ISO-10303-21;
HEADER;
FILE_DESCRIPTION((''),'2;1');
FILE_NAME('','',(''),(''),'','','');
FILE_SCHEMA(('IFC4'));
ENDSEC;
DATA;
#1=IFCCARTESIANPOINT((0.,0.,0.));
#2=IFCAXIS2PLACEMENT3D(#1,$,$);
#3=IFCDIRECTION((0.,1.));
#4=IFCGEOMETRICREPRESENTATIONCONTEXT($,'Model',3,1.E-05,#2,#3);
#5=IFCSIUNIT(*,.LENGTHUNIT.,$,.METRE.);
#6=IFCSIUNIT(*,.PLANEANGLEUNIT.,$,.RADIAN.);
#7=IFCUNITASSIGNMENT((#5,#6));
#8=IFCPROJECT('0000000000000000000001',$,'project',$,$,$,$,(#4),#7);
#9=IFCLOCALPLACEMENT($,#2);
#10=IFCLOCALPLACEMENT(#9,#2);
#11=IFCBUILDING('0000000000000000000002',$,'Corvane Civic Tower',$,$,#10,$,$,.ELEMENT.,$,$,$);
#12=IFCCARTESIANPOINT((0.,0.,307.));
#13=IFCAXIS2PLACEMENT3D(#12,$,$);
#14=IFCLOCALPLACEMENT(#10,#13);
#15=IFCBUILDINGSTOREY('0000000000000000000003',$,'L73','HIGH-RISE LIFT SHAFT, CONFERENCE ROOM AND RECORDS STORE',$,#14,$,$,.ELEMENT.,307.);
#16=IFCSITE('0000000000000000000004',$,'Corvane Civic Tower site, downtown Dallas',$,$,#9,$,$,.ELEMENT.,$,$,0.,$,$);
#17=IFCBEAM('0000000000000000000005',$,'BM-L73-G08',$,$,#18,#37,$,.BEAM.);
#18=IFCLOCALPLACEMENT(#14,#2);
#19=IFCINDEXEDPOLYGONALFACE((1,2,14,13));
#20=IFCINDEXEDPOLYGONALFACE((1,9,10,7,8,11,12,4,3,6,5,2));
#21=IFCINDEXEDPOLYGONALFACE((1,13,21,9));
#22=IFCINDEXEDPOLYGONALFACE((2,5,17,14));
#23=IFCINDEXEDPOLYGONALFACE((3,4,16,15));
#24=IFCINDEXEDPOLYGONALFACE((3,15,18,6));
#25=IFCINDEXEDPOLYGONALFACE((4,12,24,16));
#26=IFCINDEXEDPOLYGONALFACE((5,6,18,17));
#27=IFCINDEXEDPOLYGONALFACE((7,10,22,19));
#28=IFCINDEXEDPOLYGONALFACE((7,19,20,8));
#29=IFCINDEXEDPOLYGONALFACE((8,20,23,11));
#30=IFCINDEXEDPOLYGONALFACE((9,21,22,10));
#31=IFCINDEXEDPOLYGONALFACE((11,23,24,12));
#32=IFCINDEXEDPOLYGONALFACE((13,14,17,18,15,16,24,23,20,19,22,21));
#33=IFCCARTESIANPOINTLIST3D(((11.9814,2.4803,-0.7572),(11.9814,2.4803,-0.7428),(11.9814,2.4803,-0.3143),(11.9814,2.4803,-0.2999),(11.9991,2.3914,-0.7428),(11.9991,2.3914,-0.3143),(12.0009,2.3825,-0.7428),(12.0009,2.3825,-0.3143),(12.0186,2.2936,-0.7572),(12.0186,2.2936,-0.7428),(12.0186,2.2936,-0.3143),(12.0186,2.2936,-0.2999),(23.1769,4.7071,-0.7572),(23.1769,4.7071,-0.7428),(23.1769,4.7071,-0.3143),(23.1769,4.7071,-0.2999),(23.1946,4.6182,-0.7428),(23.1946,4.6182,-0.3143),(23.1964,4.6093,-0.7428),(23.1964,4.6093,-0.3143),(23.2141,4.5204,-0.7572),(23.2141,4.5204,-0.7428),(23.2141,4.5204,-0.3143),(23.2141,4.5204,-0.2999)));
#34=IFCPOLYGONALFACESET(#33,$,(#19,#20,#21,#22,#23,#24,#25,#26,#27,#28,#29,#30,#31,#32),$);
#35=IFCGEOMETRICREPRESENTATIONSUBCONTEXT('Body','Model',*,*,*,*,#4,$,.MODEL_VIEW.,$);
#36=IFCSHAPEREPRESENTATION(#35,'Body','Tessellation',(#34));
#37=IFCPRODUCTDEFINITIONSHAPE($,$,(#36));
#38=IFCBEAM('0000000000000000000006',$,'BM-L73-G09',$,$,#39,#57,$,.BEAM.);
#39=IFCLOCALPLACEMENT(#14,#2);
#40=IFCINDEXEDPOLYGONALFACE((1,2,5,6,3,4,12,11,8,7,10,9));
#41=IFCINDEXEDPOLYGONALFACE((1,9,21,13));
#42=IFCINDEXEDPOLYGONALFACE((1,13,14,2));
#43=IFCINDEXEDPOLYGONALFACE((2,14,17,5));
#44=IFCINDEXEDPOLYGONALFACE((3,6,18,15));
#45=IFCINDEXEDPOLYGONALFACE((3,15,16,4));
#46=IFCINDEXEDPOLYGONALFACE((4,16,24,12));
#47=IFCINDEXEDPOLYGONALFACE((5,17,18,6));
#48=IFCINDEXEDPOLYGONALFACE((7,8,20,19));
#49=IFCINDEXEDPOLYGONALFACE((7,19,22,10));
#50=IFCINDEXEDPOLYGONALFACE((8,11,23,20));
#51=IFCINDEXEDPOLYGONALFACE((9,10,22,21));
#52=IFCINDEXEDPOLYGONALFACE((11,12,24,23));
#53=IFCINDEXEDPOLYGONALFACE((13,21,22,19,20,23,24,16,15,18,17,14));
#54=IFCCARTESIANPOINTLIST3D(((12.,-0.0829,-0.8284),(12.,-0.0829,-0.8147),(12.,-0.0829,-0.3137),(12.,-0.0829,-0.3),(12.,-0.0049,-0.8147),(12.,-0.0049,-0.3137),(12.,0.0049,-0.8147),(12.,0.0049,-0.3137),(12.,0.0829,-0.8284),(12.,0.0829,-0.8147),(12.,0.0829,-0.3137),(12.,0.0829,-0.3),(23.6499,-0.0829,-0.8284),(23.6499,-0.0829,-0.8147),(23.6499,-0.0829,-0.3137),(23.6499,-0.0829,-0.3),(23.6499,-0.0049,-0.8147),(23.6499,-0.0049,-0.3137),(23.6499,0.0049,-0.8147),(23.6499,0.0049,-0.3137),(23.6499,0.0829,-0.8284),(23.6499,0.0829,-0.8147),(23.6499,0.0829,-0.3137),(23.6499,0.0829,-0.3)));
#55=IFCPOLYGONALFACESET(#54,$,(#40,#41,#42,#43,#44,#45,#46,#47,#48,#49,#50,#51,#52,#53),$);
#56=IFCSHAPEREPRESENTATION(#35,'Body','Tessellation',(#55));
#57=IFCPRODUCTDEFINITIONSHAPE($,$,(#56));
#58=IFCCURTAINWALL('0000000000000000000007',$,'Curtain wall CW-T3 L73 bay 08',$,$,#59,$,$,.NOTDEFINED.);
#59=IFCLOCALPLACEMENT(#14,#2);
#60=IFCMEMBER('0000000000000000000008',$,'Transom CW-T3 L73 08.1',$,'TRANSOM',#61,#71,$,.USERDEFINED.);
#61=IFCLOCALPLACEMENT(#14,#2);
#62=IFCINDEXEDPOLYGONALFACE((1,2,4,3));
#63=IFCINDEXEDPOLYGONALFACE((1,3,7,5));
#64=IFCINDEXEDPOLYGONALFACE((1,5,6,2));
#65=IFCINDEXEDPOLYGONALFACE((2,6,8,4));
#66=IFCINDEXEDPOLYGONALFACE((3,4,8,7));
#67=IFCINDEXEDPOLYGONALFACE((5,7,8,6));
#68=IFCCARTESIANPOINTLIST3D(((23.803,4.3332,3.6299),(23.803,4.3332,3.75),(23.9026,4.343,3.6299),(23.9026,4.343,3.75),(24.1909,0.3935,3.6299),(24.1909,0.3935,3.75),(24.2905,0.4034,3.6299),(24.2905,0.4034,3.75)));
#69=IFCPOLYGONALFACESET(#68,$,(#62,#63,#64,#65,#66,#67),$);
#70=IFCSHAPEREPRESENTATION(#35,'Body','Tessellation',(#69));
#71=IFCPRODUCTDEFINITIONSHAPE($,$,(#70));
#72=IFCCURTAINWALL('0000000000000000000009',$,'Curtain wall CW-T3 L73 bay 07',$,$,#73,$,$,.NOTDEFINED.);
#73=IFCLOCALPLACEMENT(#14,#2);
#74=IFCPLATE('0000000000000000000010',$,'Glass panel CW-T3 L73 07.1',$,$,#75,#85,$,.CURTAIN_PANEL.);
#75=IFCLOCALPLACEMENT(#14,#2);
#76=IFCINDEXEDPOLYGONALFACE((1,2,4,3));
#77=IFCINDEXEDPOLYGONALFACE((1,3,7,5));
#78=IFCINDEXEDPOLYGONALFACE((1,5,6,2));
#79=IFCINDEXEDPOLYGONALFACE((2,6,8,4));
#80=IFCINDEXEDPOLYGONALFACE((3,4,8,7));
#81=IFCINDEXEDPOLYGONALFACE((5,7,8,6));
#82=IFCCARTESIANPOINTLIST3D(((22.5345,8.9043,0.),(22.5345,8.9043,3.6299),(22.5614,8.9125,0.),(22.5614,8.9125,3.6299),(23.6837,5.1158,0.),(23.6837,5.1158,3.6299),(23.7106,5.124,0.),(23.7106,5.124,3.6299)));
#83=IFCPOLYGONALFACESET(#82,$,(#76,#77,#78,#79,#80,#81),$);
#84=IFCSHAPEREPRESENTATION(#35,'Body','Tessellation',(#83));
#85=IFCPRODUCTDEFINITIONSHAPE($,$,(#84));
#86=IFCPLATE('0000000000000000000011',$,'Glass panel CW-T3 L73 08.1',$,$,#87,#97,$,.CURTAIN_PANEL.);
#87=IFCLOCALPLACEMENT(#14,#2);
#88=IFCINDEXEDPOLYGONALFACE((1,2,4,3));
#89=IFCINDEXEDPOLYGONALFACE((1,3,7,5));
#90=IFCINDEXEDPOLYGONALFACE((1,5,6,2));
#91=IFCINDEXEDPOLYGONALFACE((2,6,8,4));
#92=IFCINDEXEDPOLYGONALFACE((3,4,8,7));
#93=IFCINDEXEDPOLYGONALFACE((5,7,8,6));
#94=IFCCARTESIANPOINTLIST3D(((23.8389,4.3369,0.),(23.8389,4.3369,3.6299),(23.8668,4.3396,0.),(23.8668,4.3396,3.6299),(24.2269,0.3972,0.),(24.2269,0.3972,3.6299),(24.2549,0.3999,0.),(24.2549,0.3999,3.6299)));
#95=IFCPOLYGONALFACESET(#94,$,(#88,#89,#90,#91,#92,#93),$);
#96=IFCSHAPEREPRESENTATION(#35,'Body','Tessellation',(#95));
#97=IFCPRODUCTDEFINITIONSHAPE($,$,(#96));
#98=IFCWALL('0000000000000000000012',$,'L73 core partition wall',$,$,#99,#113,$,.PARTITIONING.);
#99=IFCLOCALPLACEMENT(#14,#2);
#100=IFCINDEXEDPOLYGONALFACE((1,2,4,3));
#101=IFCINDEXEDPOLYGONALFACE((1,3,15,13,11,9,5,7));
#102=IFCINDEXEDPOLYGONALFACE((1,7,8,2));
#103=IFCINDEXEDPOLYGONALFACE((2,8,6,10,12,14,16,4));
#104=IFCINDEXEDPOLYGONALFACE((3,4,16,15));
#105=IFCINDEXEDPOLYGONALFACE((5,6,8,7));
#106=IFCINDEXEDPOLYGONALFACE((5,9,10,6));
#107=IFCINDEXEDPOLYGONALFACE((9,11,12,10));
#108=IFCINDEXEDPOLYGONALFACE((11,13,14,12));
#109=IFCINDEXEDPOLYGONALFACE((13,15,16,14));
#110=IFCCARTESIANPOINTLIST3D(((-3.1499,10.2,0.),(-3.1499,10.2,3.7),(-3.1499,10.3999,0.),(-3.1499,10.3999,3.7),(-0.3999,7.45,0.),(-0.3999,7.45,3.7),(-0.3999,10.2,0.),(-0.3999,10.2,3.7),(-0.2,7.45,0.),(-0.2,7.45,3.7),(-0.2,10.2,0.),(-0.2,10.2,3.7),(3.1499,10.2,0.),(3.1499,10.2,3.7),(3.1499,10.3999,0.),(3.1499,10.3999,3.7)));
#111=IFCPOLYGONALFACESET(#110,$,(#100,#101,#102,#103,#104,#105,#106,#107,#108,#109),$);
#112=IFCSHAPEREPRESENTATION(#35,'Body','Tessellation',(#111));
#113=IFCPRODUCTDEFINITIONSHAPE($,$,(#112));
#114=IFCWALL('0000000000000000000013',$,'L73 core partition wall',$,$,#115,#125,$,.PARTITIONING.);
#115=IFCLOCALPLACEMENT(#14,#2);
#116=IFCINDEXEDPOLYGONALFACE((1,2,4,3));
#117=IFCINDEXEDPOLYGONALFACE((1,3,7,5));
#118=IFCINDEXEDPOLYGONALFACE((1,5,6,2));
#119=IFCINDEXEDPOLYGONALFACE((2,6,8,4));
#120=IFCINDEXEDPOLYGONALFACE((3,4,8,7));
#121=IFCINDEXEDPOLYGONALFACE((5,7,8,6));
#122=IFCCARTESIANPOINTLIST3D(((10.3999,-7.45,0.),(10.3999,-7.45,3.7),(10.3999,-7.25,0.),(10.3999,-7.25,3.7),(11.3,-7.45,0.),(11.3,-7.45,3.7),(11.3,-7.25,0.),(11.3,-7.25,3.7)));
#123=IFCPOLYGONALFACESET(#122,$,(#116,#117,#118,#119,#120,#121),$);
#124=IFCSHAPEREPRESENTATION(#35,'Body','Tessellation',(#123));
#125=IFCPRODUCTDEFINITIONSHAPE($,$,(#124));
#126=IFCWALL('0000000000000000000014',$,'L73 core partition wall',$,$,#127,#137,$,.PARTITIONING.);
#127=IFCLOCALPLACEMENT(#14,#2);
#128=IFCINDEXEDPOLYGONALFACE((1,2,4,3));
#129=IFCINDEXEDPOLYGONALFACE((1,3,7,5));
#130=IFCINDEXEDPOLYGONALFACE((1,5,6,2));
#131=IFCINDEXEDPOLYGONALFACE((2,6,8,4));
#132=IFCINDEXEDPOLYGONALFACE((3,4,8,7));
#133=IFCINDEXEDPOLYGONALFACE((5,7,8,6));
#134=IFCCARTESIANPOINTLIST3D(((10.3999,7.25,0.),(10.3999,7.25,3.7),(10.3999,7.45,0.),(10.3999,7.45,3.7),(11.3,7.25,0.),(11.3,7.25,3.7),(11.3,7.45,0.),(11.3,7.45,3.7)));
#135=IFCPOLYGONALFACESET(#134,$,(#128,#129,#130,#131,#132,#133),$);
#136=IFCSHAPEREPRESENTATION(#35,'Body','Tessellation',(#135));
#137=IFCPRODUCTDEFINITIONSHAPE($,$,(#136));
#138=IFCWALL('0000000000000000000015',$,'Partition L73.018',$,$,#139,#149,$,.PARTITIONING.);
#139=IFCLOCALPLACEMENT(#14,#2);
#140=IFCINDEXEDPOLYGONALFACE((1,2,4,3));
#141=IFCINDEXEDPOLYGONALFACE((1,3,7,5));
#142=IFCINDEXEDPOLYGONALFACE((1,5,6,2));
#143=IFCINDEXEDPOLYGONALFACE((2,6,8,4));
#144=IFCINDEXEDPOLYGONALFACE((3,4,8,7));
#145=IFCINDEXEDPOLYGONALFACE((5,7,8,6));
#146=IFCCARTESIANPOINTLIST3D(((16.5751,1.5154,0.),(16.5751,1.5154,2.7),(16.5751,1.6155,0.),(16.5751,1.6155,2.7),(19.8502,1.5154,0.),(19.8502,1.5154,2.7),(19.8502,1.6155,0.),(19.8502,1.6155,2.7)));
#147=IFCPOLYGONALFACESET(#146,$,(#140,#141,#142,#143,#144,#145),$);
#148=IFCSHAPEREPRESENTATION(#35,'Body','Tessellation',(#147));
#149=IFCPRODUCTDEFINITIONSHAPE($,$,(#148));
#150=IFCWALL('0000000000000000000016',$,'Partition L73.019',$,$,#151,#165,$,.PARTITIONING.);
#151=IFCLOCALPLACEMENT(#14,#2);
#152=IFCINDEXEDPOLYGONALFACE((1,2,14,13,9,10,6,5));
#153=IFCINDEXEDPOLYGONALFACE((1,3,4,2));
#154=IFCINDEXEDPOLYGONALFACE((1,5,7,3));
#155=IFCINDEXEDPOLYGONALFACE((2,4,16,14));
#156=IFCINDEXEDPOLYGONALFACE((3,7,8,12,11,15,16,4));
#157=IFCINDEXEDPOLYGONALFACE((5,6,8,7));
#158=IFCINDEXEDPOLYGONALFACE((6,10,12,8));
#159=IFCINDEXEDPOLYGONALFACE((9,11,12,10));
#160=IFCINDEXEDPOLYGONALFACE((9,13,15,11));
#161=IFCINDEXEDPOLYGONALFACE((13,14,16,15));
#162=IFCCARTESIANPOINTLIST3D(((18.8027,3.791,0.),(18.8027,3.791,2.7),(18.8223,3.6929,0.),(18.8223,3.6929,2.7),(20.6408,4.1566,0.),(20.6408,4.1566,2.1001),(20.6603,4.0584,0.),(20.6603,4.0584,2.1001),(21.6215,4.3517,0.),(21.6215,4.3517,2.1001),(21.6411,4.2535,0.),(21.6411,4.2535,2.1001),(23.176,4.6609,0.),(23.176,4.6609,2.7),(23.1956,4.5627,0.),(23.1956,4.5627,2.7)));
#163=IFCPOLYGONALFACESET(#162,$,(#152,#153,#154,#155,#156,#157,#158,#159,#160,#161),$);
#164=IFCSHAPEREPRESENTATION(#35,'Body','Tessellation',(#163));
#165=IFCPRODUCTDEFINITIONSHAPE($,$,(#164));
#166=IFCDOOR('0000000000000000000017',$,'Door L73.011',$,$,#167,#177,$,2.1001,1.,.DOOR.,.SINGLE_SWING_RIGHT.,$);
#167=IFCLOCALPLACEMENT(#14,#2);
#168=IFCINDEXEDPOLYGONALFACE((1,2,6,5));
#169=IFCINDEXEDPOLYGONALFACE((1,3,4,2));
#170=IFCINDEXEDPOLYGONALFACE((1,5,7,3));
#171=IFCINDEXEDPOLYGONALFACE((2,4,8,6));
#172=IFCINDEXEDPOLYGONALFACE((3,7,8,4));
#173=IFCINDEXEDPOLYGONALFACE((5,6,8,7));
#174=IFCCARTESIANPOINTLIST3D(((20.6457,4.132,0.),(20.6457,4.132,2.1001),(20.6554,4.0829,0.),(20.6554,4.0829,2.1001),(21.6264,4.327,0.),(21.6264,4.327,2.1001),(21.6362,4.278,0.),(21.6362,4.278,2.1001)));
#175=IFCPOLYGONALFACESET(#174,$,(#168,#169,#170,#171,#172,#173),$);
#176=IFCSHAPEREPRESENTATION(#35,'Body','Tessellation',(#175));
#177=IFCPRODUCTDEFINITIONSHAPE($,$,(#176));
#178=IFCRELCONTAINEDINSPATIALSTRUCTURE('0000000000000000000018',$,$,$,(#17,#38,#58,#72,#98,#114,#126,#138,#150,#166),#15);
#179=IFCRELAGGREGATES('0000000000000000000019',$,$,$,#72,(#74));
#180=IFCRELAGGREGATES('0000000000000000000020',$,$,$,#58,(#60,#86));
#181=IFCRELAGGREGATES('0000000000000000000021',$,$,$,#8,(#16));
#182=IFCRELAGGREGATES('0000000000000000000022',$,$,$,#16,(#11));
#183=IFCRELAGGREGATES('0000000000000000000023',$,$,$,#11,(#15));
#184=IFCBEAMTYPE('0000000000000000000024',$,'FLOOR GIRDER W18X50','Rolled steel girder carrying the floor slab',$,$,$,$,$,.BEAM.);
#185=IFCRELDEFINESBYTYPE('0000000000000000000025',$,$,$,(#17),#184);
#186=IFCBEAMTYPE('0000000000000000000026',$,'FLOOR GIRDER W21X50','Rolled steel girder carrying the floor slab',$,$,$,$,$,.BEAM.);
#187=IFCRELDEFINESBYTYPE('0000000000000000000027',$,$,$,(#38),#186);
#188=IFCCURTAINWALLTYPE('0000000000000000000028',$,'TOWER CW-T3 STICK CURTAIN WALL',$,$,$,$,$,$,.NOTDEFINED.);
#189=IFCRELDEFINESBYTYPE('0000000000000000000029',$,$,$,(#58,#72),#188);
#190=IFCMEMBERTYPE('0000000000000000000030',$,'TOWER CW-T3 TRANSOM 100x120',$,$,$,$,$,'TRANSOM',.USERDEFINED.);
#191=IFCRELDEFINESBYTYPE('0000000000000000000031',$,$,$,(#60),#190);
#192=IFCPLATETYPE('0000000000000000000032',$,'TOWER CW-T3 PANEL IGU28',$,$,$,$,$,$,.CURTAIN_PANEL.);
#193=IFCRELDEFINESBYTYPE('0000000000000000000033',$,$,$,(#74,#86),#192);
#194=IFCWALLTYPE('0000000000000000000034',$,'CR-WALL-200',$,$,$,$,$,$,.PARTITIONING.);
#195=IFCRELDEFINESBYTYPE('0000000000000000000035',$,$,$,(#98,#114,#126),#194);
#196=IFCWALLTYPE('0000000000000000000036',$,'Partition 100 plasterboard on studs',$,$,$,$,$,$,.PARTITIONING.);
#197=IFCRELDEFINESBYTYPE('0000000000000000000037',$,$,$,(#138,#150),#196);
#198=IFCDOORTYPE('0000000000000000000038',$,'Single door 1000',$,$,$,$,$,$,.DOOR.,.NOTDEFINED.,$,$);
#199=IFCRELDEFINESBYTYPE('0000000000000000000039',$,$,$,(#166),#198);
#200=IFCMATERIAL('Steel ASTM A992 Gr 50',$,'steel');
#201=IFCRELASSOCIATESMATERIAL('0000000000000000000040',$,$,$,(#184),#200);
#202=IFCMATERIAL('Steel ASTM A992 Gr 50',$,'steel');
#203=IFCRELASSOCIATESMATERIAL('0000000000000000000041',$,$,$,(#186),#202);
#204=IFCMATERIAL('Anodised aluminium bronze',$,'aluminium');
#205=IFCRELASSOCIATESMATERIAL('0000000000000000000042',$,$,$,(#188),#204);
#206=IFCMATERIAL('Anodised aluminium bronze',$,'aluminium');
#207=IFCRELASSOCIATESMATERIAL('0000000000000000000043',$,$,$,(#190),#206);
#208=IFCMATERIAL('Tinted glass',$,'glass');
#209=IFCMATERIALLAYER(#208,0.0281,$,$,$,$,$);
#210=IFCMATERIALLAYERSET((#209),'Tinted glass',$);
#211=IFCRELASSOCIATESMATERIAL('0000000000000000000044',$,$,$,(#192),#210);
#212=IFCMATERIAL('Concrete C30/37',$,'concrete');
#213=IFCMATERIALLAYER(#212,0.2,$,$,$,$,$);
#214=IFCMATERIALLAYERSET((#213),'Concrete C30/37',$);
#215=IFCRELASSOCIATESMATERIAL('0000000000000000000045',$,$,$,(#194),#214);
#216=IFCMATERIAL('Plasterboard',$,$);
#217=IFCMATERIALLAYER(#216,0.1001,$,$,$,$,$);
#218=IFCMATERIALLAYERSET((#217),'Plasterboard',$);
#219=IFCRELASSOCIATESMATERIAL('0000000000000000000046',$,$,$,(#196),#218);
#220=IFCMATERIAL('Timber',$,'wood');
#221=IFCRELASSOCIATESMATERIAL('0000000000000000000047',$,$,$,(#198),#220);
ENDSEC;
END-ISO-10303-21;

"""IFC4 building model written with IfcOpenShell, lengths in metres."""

from ifc_helpers import new_model, si_unit, direction, frame, frame_2d, origin, origin_2d, place, context, subcontext, project, spatial, polyline, rectangle, i_section, outline, extrude, material, layer, layer_set, material_profile, profile_set, type_object, element, fill, aggregate, save


model = new_model("IFC4")

# Units and contexts
model_context = context("Model", 3, precision=1e-05, world=origin(), true_north=direction((0.0, 1.0)))
body_context = subcontext(model_context, "Body", "Model", "MODEL_VIEW")
ifc_project = project(units=[si_unit("LENGTHUNIT", "METRE"), si_unit("PLANEANGLEUNIT", "RADIAN")], contexts=[model_context])

# Site, building, storey
site_placement = place(None, origin())
site = spatial("IfcSite", under=ifc_project, at=site_placement, Name="Corvane Civic Tower site, downtown Dallas", CompositionType="ELEMENT", RefElevation=0.0)
building_placement = place(site_placement, origin())
building = spatial("IfcBuilding", under=site, at=building_placement, Name="Corvane Civic Tower", CompositionType="ELEMENT")
storey_placement = place(building_placement, frame((0.0, 0.0, 307.0)))
storey = spatial("IfcBuildingStorey", under=building, at=storey_placement, Name="L73", Description="HIGH-RISE LIFT SHAFT, CONFERENCE ROOM AND RECORDS STORE", CompositionType="ELEMENT", Elevation=307.0)

# Beams
ifc_material_1 = material(Name="Steel ASTM A992 Gr 50", Category="steel")
ifc_material_profile_1 = material_profile(ifc_material_1, i_section(OverallWidth=0.1904, OverallDepth=0.4573, WebThickness=0.009, FlangeThickness=0.0144, at=origin_2d()), Name="W18X50")
ifc_profile_set_1 = profile_set([ifc_material_profile_1], Name="Steel ASTM A992 Gr 50")
beam_type_1 = type_object("IfcBeamType", Name="FLOOR GIRDER W18X50", Description="Rolled steel girder carrying the floor slab", PredefinedType="BEAM", material=ifc_profile_set_1)
beam_1_placement = place(storey_placement, frame((12.0, 2.387, -0.5286), z_axis=(0.980787, 0.19508, 0.0), x_axis=(-0.19508, 0.980787, 0.0)))
element("IfcBeam", 1, at=beam_1_placement, inside=storey, type_object=beam_type_1, Name="BM-L73-G08", PredefinedType="BEAM", context=body_context, shape_type="SweptSolid", body=[
    extrude(i_section(OverallWidth=0.1904, OverallDepth=0.4573, WebThickness=0.009, FlangeThickness=0.0144, at=origin_2d()), origin(), (0.0, 0.0, 1.0), 11.4148),
])
ifc_material_2 = material(Name="Steel ASTM A992 Gr 50", Category="steel")
ifc_material_profile_2 = material_profile(ifc_material_2, i_section(OverallWidth=0.1658, OverallDepth=0.5283, WebThickness=0.0098, FlangeThickness=0.0137, at=origin_2d()), Name="W21X50")
ifc_profile_set_2 = profile_set([ifc_material_profile_2], Name="Steel ASTM A992 Gr 50")
beam_type_2 = type_object("IfcBeamType", Name="FLOOR GIRDER W21X50", Description="Rolled steel girder carrying the floor slab", PredefinedType="BEAM", material=ifc_profile_set_2)
beam_2_placement = place(storey_placement, frame((12.0, 0.0, -0.5642), z_axis=(1.0, 0.0, 0.0), x_axis=(0.0, 1.0, 0.0)))
element("IfcBeam", 2, at=beam_2_placement, inside=storey, type_object=beam_type_2, Name="BM-L73-G09", PredefinedType="BEAM", context=body_context, shape_type="SweptSolid", body=[
    extrude(i_section(OverallWidth=0.1658, OverallDepth=0.5283, WebThickness=0.0098, FlangeThickness=0.0137, at=origin_2d()), origin(), (0.0, 0.0, 1.0), 11.6499),
])

# Curtain wall, member
ifc_material_3 = material(Name="Anodised aluminium bronze", Category="aluminium")
curtain_wall_type = type_object("IfcCurtainWallType", Name="TOWER CW-T3 STICK CURTAIN WALL", PredefinedType="NOTDEFINED", material=ifc_material_3)
curtain_wall_1_placement = place(storey_placement, origin())
curtain_wall_1 = element("IfcCurtainWall", 3, at=curtain_wall_1_placement, inside=storey, type_object=curtain_wall_type, Name="Curtain wall CW-T3 L73 bay 08", PredefinedType="NOTDEFINED")
ifc_material_4 = material(Name="Anodised aluminium bronze", Category="aluminium")
ifc_material_profile_3 = material_profile(ifc_material_4, rectangle(XDim=0.1001, YDim=0.1201, at=origin_2d()), Name="TOWER CW-T3 TRANSOM 100x120")
ifc_profile_set_3 = profile_set([ifc_material_profile_3], Name="Anodised aluminium bronze")
member_type = type_object("IfcMemberType", Name="TOWER CW-T3 TRANSOM 100x120", ElementType="TRANSOM", PredefinedType="USERDEFINED", material=ifc_profile_set_3)
member_placement = place(storey_placement, frame((23.8528, 4.3381, 3.6899), z_axis=(0.097995, -0.995187, 0.0), x_axis=(0.995187, 0.097995, 0.0)))
member = element("IfcMember", 4, at=member_placement, type_object=member_type, Name="Transom CW-T3 L73 08.1", ObjectType="TRANSOM", PredefinedType="USERDEFINED", context=body_context, shape_type="SweptSolid", body=[
    extrude(rectangle(XDim=0.1001, YDim=0.1201, at=origin_2d()), origin(), (0.0, 0.0, 1.0), 3.9587),
])

# Curtain wall, plate
curtain_wall_2_placement = place(storey_placement, origin())
curtain_wall_2 = element("IfcCurtainWall", 5, at=curtain_wall_2_placement, inside=storey, type_object=curtain_wall_type, Name="Curtain wall CW-T3 L73 bay 07", PredefinedType="NOTDEFINED")
ifc_material_5 = material(Name="Tinted glass", Category="glass")
ifc_layer_1 = layer(ifc_material_5, 0.0281)
ifc_layer_set_1 = layer_set([ifc_layer_1], Name="Tinted glass")
plate_type = type_object("IfcPlateType", Name="TOWER CW-T3 PANEL IGU28", PredefinedType="CURTAIN_PANEL", material=ifc_layer_set_1)
plate_1_placement = place(storey_placement, frame((23.1226, 7.0142, 0.0), z_axis=(0.0, 0.0, 1.0), x_axis=(0.290274, -0.956944, 0.0)))
plate_1 = element("IfcPlate", 6, at=plate_1_placement, type_object=plate_type, Name="Glass panel CW-T3 L73 07.1", PredefinedType="CURTAIN_PANEL", context=body_context, shape_type="SweptSolid", body=[
    extrude(rectangle(XDim=3.959, YDim=0.0281, at=origin_2d()), origin(), (0.0, 0.0, 1.0), 3.6299),
])
aggregate(curtain_wall_2, [plate_1])

# Plate
plate_2_placement = place(storey_placement, frame((24.0469, 2.3684, 0.0), z_axis=(0.0, 0.0, 1.0), x_axis=(0.098021, -0.995184, 0.0)))
plate_2 = element("IfcPlate", 7, at=plate_2_placement, type_object=plate_type, Name="Glass panel CW-T3 L73 08.1", PredefinedType="CURTAIN_PANEL", context=body_context, shape_type="SweptSolid", body=[
    extrude(rectangle(XDim=3.9587, YDim=0.0281, at=origin_2d()), origin(), (0.0, 0.0, 1.0), 3.6299),
])
aggregate(curtain_wall_1, [member, plate_2])

# Walls
ifc_material_6 = material(Name="Concrete C30/37", Category="concrete")
ifc_layer_2 = layer(ifc_material_6, 0.2)
ifc_layer_set_2 = layer_set([ifc_layer_2], Name="Concrete C30/37")
wall_type_1 = type_object("IfcWallType", Name="CR-WALL-200", PredefinedType="PARTITIONING", material=ifc_layer_set_2)
wall_1_placement = place(storey_placement, origin())
element("IfcWall", 8, at=wall_1_placement, inside=storey, type_object=wall_type_1, Name="L73 core partition wall", PredefinedType="PARTITIONING", context=body_context, shape_type="SweptSolid", body=[
    extrude(outline(polyline([(3.1499, 10.3999), (3.1499, 10.2), (-0.2, 10.2), (-0.2, 7.45), (-0.3999, 7.45), (-0.3999, 10.2), (-3.1499, 10.2), (-3.1499, 10.3999), (3.1499, 10.3999)])), origin(), (0.0, 0.0, 1.0), 3.7),
])
wall_2_placement = place(storey_placement, origin())
element("IfcWall", 9, at=wall_2_placement, inside=storey, type_object=wall_type_1, Name="L73 core partition wall", PredefinedType="PARTITIONING", context=body_context, shape_type="SweptSolid", body=[
    extrude(outline(polyline([(11.3, -7.45), (10.3999, -7.45), (10.3999, -7.25), (11.3, -7.25), (11.3, -7.45)])), origin(), (0.0, 0.0, 1.0), 3.7),
])
wall_3_placement = place(storey_placement, origin())
element("IfcWall", 10, at=wall_3_placement, inside=storey, type_object=wall_type_1, Name="L73 core partition wall", PredefinedType="PARTITIONING", context=body_context, shape_type="SweptSolid", body=[
    extrude(outline(polyline([(10.3999, 7.25), (10.3999, 7.45), (11.3, 7.45), (11.3, 7.25), (10.3999, 7.25)])), origin(), (0.0, 0.0, 1.0), 3.7),
])
ifc_material_7 = material(Name="Plasterboard")
ifc_layer_3 = layer(ifc_material_7, 0.1001)
ifc_layer_set_3 = layer_set([ifc_layer_3], Name="Plasterboard")
wall_type_2 = type_object("IfcWallType", Name="Partition 100 plasterboard on studs", PredefinedType="PARTITIONING", material=ifc_layer_set_3)
wall_4_placement = place(storey_placement, frame((16.575, 1.5654, 0.0), z_axis=(0.0, 0.0, 1.0), x_axis=(1.0, 0.0, 0.0)))
element("IfcWall", 11, at=wall_4_placement, inside=storey, type_object=wall_type_2, Name="Partition L73.018", PredefinedType="PARTITIONING", context=body_context, shape_type="SweptSolid", body=[
    extrude(rectangle(XDim=3.2751, YDim=0.1001, at=frame_2d((1.6377, 0.0))), origin(), (0.0, 0.0, 1.0), 2.7),
])

# Wall, opening, door
wall_5_placement = place(storey_placement, frame((18.8125, 3.7419, 0.0), z_axis=(0.0, 0.0, 1.0), x_axis=(0.980787, 0.195084, 0.0)))
wall_5 = element("IfcWall", 12, at=wall_5_placement, inside=storey, type_object=wall_type_2, Name="Partition L73.019", PredefinedType="PARTITIONING", context=body_context, shape_type="SweptSolid", body=[
    extrude(rectangle(XDim=4.459, YDim=0.1001, at=frame_2d((2.2295, 0.0))), origin(), (0.0, 0.0, 1.0), 2.7),
])
opening_1_placement = place(wall_5_placement, frame((1.874, 0.0, 0.0)))
opening_1 = element("IfcOpeningElement", 13, at=opening_1_placement, cuts=wall_5, PredefinedType="OPENING", context=body_context, shape_type="SweptSolid", body=[
    extrude(rectangle(XDim=1.0, YDim=2.1001, at=frame_2d((0.5, 1.05))), frame((0.0, 0.0601, 0.0), z_axis=(0.0, -1.0, 0.0), x_axis=(1.0, 0.0, 0.0)), (0.0, 0.0, 1.0), 0.1201),
])
ifc_material_8 = material(Name="Timber", Category="wood")
door_type_1 = type_object("IfcDoorType", Name="Single door 1000", OperationType="NOTDEFINED", PredefinedType="DOOR", material=ifc_material_8)
door_1_placement = place(opening_1_placement, origin())
door_1 = element("IfcDoor", 14, at=door_1_placement, inside=storey, type_object=door_type_1, Name="Door L73.011", OperationType="SINGLE_SWING_RIGHT", OverallHeight=2.1001, OverallWidth=1.0, PredefinedType="DOOR", context=body_context, shape_type="SweptSolid", body=[
    extrude(rectangle(XDim=1.0, YDim=2.1001, at=frame_2d((0.5, 1.05))), frame((0.0, 0.0249, 0.0), z_axis=(0.0, -1.0, 0.0), x_axis=(1.0, 0.0, 0.0)), (0.0, 0.0, 1.0), 0.05),
])
fill(opening_1, door_1)

save(model, "model.ifc")
